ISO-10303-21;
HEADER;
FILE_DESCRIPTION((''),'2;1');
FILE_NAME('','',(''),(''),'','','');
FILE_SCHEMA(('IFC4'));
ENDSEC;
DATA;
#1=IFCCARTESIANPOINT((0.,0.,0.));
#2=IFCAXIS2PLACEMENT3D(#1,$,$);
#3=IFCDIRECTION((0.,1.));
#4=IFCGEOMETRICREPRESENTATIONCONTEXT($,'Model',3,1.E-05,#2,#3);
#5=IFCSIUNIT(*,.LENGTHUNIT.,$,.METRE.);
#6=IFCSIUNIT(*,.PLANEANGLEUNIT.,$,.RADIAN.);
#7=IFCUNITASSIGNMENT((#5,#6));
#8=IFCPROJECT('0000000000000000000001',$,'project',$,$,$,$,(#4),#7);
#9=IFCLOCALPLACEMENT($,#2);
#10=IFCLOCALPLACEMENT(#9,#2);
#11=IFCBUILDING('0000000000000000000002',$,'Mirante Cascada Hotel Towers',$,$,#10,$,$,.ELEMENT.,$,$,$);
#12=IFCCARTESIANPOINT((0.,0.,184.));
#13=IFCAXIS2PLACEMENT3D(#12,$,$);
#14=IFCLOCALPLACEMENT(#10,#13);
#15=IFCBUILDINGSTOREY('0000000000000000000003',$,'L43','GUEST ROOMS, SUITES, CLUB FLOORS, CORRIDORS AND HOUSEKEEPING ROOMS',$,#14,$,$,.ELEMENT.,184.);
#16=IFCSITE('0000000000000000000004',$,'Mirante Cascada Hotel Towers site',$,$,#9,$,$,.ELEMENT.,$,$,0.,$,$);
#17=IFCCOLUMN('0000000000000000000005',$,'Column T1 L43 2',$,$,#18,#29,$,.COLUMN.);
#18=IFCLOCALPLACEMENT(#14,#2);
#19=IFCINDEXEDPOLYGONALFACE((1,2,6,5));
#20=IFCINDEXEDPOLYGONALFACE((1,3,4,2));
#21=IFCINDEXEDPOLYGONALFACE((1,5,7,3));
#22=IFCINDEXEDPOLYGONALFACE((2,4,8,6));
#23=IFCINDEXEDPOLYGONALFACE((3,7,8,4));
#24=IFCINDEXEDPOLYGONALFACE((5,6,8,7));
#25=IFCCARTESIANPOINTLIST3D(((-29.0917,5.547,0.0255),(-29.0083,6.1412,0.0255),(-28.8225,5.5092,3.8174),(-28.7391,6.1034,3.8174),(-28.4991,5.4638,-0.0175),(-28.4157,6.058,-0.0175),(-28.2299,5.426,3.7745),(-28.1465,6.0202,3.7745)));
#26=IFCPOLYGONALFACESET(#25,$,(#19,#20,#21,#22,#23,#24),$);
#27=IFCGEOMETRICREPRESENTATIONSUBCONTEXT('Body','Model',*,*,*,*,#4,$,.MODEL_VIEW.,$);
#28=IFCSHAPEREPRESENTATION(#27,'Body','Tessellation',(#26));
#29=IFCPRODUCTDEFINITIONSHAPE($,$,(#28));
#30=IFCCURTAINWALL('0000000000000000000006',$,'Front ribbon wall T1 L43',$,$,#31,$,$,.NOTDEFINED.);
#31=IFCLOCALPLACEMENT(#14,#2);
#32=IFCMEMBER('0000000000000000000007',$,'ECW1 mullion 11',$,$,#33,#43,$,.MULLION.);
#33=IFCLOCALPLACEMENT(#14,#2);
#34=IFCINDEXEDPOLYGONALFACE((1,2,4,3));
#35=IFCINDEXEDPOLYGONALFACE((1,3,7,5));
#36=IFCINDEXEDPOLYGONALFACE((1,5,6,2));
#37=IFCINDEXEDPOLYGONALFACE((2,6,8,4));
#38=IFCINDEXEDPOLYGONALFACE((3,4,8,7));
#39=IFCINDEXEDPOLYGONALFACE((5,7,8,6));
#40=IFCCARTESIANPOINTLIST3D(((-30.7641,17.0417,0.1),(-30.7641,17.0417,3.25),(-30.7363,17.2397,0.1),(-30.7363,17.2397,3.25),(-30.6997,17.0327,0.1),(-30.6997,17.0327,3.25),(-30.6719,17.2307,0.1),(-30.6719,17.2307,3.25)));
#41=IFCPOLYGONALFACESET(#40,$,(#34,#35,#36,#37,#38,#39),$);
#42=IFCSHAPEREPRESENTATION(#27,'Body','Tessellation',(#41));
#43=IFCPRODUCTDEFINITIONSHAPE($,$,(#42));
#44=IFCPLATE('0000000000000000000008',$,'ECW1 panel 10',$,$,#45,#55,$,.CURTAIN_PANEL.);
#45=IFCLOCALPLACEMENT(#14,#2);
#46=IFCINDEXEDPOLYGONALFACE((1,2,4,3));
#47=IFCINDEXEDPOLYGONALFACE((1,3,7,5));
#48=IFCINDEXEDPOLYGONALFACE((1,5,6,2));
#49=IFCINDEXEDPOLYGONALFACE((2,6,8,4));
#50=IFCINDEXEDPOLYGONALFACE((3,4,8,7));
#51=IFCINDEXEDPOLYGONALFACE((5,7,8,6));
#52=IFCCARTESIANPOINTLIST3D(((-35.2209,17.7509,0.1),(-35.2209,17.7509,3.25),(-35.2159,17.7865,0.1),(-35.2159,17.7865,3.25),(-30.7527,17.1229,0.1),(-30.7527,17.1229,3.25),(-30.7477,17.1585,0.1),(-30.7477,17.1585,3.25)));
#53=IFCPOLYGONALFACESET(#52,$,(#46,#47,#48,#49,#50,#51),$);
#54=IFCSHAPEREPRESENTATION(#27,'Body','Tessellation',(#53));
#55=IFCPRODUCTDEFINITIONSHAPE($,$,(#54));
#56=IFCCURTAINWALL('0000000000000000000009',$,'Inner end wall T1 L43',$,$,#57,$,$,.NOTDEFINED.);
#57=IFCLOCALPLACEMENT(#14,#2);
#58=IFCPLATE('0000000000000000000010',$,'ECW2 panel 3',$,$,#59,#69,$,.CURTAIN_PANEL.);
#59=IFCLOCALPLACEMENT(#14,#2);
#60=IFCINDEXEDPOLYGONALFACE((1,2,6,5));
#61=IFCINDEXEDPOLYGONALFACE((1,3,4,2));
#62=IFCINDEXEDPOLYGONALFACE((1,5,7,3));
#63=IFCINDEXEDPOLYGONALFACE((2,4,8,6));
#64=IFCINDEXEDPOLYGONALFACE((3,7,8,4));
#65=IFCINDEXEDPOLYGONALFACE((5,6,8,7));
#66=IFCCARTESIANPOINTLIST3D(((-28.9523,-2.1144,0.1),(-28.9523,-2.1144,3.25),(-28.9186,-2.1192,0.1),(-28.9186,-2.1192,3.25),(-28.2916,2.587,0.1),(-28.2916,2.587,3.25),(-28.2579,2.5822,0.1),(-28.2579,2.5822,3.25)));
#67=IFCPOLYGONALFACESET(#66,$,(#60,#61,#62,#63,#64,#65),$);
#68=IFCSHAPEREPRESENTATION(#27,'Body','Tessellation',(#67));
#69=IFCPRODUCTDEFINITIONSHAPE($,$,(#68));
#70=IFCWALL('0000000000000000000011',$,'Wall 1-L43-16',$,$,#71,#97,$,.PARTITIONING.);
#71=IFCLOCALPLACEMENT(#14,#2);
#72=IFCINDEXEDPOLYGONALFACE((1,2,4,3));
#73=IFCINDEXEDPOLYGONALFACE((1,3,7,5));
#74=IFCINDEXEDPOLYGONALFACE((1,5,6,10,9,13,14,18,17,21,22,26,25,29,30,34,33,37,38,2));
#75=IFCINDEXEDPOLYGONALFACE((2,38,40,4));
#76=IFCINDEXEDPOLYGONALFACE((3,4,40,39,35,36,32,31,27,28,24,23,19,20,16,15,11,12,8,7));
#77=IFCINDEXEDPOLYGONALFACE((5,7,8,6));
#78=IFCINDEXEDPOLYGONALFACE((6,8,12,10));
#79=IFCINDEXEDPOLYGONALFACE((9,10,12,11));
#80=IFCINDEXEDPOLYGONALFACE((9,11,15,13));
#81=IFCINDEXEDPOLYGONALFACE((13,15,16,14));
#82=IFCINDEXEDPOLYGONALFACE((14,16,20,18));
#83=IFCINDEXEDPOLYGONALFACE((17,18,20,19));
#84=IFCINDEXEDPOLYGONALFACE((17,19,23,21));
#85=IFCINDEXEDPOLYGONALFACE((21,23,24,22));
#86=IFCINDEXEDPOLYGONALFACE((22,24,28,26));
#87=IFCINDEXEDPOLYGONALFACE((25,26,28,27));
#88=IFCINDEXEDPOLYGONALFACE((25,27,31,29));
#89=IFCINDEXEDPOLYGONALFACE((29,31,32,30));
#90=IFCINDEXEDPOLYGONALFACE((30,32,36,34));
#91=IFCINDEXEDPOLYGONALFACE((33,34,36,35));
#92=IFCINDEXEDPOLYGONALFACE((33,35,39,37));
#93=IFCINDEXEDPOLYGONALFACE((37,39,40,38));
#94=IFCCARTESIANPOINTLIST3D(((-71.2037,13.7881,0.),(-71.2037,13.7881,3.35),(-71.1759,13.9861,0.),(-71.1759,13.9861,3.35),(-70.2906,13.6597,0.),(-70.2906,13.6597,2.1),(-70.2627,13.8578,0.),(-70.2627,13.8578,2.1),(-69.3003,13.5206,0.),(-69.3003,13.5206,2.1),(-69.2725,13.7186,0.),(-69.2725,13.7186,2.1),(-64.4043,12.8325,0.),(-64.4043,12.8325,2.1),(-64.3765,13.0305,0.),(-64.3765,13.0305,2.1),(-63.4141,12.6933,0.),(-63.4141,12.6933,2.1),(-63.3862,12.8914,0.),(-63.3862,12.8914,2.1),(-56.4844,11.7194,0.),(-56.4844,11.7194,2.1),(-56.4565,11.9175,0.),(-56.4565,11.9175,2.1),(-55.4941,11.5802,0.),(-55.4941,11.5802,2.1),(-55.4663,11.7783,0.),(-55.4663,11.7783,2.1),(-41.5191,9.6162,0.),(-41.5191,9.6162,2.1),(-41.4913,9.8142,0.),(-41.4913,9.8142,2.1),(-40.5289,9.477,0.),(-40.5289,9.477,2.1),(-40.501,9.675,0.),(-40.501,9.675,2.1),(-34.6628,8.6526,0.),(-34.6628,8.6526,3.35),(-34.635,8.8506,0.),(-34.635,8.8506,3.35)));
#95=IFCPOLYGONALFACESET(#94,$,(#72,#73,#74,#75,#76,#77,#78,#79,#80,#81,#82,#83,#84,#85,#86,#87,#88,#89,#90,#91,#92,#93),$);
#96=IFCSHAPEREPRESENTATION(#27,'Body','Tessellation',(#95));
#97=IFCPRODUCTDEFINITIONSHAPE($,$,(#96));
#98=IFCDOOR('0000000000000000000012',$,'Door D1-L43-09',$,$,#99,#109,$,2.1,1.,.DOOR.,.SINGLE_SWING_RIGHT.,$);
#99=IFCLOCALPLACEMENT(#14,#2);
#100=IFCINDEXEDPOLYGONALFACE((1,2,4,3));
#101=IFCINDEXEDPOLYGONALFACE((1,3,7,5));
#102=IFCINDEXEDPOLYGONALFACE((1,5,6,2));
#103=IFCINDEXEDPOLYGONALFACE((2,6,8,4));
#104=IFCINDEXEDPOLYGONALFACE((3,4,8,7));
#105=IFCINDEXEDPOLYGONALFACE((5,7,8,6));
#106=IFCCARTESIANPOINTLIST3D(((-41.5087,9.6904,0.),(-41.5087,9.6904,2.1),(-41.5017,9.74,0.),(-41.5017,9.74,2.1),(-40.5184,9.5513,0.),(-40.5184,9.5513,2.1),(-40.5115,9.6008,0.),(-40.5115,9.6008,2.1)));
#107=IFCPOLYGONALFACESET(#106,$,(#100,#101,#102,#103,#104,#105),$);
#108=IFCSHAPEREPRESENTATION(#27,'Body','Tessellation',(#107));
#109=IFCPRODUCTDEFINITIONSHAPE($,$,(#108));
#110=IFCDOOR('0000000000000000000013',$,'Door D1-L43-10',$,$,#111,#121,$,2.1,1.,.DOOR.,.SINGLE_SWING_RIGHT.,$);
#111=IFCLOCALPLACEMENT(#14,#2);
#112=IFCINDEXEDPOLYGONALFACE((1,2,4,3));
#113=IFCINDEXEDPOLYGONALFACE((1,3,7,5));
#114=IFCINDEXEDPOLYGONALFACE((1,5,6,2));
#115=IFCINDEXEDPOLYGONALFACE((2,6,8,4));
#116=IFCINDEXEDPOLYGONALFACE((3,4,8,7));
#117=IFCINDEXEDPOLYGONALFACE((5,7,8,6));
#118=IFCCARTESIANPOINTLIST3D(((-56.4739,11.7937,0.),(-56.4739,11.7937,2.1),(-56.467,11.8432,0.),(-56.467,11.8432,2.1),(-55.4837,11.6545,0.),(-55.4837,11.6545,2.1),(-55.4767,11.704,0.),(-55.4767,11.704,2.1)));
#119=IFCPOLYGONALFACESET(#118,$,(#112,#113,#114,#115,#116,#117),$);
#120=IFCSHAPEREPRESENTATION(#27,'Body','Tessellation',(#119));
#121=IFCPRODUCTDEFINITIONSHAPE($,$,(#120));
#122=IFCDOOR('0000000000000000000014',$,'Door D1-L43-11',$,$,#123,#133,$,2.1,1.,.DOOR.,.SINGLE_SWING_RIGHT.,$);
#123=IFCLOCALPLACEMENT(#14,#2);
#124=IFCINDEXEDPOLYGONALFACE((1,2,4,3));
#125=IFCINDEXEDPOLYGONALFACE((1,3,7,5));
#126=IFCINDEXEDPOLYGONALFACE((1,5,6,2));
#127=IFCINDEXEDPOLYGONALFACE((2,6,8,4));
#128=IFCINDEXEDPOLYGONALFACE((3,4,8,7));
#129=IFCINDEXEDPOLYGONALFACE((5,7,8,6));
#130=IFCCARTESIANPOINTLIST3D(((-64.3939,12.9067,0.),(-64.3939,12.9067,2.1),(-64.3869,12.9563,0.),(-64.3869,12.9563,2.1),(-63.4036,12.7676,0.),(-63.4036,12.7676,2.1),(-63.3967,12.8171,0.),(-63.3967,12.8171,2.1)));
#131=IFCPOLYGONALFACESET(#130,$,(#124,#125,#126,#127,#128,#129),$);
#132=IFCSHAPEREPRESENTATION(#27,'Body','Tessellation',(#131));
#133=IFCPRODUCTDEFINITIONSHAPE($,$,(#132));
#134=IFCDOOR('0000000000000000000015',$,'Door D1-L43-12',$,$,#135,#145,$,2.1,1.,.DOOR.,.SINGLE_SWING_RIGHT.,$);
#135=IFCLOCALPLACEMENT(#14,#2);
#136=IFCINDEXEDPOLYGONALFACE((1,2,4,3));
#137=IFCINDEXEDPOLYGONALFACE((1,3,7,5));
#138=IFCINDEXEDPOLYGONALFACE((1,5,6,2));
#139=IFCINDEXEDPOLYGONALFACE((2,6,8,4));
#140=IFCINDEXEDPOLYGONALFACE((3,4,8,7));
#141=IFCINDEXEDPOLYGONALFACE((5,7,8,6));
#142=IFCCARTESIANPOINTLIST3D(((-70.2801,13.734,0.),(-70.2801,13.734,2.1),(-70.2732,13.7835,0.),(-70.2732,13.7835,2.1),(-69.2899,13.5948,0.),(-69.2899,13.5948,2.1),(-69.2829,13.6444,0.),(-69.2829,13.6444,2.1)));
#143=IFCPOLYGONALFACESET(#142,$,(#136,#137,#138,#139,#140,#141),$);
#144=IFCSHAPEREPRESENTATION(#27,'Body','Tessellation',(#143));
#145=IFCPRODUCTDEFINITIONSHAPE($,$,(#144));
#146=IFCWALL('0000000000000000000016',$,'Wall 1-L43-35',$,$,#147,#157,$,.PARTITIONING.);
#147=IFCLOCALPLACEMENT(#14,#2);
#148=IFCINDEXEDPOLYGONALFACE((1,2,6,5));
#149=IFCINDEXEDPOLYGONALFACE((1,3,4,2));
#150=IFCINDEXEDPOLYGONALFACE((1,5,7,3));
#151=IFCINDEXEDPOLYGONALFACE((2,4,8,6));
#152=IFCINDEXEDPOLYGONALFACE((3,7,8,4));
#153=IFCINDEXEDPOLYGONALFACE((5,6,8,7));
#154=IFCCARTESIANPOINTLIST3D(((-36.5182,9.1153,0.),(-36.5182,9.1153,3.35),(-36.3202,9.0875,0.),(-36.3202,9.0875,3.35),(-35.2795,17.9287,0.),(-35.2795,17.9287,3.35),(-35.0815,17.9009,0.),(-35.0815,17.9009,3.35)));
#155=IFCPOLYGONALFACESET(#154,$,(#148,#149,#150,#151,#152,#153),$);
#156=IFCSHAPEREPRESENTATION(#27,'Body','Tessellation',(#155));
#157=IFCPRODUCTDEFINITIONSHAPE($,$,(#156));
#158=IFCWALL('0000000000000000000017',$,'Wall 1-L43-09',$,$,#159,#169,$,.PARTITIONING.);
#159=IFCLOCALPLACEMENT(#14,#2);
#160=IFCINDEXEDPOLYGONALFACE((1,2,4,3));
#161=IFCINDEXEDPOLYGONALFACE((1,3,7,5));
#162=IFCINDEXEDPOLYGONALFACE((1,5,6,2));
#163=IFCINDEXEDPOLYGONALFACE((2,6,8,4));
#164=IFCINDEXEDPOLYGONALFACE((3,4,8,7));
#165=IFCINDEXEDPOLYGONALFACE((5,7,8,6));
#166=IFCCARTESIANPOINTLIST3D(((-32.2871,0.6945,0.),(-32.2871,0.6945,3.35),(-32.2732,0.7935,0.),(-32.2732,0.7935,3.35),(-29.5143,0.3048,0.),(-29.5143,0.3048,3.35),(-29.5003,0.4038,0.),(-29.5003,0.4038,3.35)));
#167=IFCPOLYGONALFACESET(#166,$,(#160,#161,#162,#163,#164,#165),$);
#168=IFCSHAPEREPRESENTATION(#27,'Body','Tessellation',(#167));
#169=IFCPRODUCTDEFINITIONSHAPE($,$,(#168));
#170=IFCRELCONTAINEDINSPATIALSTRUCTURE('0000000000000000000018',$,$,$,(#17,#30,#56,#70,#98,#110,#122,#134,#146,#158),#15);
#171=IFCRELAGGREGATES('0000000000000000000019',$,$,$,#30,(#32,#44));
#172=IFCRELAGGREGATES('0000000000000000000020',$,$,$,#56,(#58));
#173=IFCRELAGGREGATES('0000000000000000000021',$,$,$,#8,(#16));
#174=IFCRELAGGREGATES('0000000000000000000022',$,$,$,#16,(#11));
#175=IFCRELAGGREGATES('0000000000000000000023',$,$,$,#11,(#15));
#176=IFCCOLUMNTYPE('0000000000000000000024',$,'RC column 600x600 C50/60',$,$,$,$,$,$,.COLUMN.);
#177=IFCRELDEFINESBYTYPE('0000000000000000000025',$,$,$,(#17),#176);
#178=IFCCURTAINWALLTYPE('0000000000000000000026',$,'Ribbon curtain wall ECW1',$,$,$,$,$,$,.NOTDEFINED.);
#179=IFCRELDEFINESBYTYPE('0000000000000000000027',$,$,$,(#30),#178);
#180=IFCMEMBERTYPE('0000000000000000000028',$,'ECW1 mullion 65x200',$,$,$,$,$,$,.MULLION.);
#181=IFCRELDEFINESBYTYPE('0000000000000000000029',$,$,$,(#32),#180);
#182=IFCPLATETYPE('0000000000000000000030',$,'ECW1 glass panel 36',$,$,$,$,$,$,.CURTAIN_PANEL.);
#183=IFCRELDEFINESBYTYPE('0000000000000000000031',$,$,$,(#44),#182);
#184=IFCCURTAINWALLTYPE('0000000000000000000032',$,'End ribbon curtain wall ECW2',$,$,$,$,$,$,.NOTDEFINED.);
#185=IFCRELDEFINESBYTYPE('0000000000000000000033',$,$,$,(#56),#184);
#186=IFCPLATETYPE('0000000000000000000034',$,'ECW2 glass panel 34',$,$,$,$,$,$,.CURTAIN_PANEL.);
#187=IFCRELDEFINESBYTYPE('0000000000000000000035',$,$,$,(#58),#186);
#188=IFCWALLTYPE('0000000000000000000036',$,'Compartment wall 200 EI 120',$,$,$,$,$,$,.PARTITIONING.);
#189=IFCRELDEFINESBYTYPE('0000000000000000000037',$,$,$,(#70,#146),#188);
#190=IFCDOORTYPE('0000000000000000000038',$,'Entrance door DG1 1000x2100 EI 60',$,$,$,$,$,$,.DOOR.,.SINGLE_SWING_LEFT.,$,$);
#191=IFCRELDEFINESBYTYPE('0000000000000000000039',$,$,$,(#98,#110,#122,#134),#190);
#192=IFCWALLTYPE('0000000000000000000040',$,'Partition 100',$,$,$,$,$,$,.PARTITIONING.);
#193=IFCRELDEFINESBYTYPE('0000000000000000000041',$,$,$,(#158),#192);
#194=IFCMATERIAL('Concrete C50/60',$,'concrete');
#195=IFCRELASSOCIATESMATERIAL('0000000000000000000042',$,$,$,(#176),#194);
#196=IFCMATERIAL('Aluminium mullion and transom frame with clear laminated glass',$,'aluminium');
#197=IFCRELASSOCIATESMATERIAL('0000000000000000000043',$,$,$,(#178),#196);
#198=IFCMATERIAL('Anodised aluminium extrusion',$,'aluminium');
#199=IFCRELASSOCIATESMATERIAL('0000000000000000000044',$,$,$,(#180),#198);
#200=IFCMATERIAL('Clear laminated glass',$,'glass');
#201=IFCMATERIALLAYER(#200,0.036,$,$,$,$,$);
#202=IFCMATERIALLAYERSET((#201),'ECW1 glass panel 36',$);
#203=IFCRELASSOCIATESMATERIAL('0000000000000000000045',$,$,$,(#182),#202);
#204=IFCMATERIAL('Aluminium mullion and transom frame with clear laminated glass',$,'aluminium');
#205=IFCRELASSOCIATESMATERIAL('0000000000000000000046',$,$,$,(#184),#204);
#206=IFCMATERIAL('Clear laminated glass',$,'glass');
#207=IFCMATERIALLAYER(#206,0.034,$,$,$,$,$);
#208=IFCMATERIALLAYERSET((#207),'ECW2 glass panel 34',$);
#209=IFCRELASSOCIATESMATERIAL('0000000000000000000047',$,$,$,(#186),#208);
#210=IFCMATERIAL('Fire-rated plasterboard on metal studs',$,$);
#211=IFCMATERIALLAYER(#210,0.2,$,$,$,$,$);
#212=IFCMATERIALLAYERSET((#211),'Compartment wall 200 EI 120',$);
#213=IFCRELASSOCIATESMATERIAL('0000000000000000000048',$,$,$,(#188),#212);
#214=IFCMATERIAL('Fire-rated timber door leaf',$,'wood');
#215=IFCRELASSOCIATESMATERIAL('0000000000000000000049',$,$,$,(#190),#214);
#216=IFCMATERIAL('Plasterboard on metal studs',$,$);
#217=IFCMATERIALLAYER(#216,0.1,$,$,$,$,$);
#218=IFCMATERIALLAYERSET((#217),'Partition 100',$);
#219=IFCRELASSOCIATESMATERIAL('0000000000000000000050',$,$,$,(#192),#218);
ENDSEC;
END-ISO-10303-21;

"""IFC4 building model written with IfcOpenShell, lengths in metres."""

from ifc_helpers import new_model, si_unit, direction, frame, frame_2d, origin, origin_2d, place, context, subcontext, project, spatial, rectangle, extrude, material, layer, layer_set, material_profile, profile_set, type_object, element, fill, aggregate, save


model = new_model("IFC4")

# Units and contexts
model_context = context("Model", 3, precision=1e-05, world=origin(), true_north=direction((0.0, 1.0)))
body_context = subcontext(model_context, "Body", "Model", "MODEL_VIEW")
ifc_project = project(units=[si_unit("LENGTHUNIT", "METRE"), si_unit("PLANEANGLEUNIT", "RADIAN")], contexts=[model_context])

# Site, building, storey
site_placement = place(None, origin())
site = spatial("IfcSite", under=ifc_project, at=site_placement, Name="Mirante Cascada Hotel Towers site", CompositionType="ELEMENT", RefElevation=0.0)
building_placement = place(site_placement, origin())
building = spatial("IfcBuilding", under=site, at=building_placement, Name="Mirante Cascada Hotel Towers", CompositionType="ELEMENT")
storey_placement = place(building_placement, frame((0.0, 0.0, 184.0)))
storey = spatial("IfcBuildingStorey", under=building, at=storey_placement, Name="L43", Description="GUEST ROOMS, SUITES, CLUB FLOORS, CORRIDORS AND HOUSEKEEPING ROOMS", CompositionType="ELEMENT", Elevation=184.0)

# Column
ifc_material_1 = material(Name="Concrete C50/60", Category="concrete")
ifc_material_profile_1 = material_profile(ifc_material_1, rectangle(XDim=0.6, YDim=0.6, at=origin_2d()), Name="RC column 600x600 C50/60")
ifc_profile_set_1 = profile_set([ifc_material_profile_1], Name="Concrete C50/60")
column_type = type_object("IfcColumnType", Name="RC column 600x600 C50/60", PredefinedType="COLUMN", material=ifc_profile_set_1)
column_placement = place(storey_placement, frame((-28.7537, 5.8025, 0.004), z_axis=(0.07081, -0.009943, 0.99744), x_axis=(0.139052, 0.990285, 0.0)))
element("IfcColumn", 1, at=column_placement, inside=storey, type_object=column_type, Name="Column T1 L43 2", PredefinedType="COLUMN", context=body_context, shape_type="SweptSolid", body=[
    extrude(rectangle(XDim=0.6, YDim=0.6, at=origin_2d()), origin(), (0.0, 0.0, 1.0), 3.8017),
])

# Curtain wall, member, plate
ifc_material_2 = material(Name="Aluminium mullion and transom frame with clear laminated glass", Category="aluminium")
curtain_wall_type_1 = type_object("IfcCurtainWallType", Name="Ribbon curtain wall ECW1", PredefinedType="NOTDEFINED", material=ifc_material_2)
curtain_wall_1_placement = place(storey_placement, origin())
curtain_wall_1 = element("IfcCurtainWall", 2, at=curtain_wall_1_placement, inside=storey, type_object=curtain_wall_type_1, Name="Front ribbon wall T1 L43", PredefinedType="NOTDEFINED")
ifc_material_3 = material(Name="Anodised aluminium extrusion", Category="aluminium")
ifc_material_profile_2 = material_profile(ifc_material_3, rectangle(XDim=0.2, YDim=0.065, at=origin_2d()), Name="ECW1 MULLION 65x200")
ifc_profile_set_2 = profile_set([ifc_material_profile_2], Name="Anodised aluminium extrusion")
member_type = type_object("IfcMemberType", Name="ECW1 mullion 65x200", PredefinedType="MULLION", material=ifc_profile_set_2)
member_placement = place(storey_placement, frame((-30.718, 17.1362, 0.1), z_axis=(0.0, 0.0, 1.0), x_axis=(0.139173, 0.990268, 0.0)))
member = element("IfcMember", 3, at=member_placement, type_object=member_type, Name="ECW1 mullion 11", PredefinedType="MULLION", context=body_context, shape_type="SweptSolid", body=[
    extrude(rectangle(XDim=0.2, YDim=0.065, at=origin_2d()), origin(), (0.0, 0.0, 1.0), 3.15),
])
ifc_material_4 = material(Name="Clear laminated glass", Category="glass")
ifc_layer_1 = layer(ifc_material_4, 0.036)
ifc_layer_set_1 = layer_set([ifc_layer_1], Name="ECW1 glass panel 36")
plate_type_1 = type_object("IfcPlateType", Name="ECW1 glass panel 36", PredefinedType="CURTAIN_PANEL", material=ifc_layer_set_1)
plate_1_placement = place(storey_placement, frame((-32.9843, 17.4547, 0.1), z_axis=(0.0, 0.0, 1.0), x_axis=(0.990268, -0.139173, 0.0)))
plate_1 = element("IfcPlate", 4, at=plate_1_placement, type_object=plate_type_1, Name="ECW1 panel 10", PredefinedType="CURTAIN_PANEL", context=body_context, shape_type="SweptSolid", body=[
    extrude(rectangle(XDim=4.5121, YDim=0.036, at=origin_2d()), origin(), (0.0, 0.0, 1.0), 3.15),
])
aggregate(curtain_wall_1, [member, plate_1])

# Curtain wall, plate
ifc_material_5 = material(Name="Aluminium mullion and transom frame with clear laminated glass", Category="aluminium")
curtain_wall_type_2 = type_object("IfcCurtainWallType", Name="End ribbon curtain wall ECW2", PredefinedType="NOTDEFINED", material=ifc_material_5)
curtain_wall_2_placement = place(storey_placement, origin())
curtain_wall_2 = element("IfcCurtainWall", 5, at=curtain_wall_2_placement, inside=storey, type_object=curtain_wall_type_2, Name="Inner end wall T1 L43", PredefinedType="NOTDEFINED")
ifc_material_6 = material(Name="Clear laminated glass", Category="glass")
ifc_layer_2 = layer(ifc_material_6, 0.034)
ifc_layer_set_2 = layer_set([ifc_layer_2], Name="ECW2 glass panel 34")
plate_type_2 = type_object("IfcPlateType", Name="ECW2 glass panel 34", PredefinedType="CURTAIN_PANEL", material=ifc_layer_set_2)
plate_2_placement = place(storey_placement, frame((-28.6051, 0.2339, 0.1), z_axis=(0.0, 0.0, 1.0), x_axis=(-0.139173, -0.990268, 0.0)))
plate_2 = element("IfcPlate", 6, at=plate_2_placement, type_object=plate_type_2, Name="ECW2 panel 3", PredefinedType="CURTAIN_PANEL", context=body_context, shape_type="SweptSolid", body=[
    extrude(rectangle(XDim=4.7476, YDim=0.034, at=origin_2d()), origin(), (0.0, 0.0, 1.0), 3.15),
])
aggregate(curtain_wall_2, [plate_2])

# Wall, openings, doors
ifc_material_7 = material(Name="Fire-rated plasterboard on metal studs")
ifc_layer_3 = layer(ifc_material_7, 0.2)
ifc_layer_set_3 = layer_set([ifc_layer_3], Name="Compartment wall 200 EI 120")
wall_type_1 = type_object("IfcWallType", Name="Compartment wall 200 EI 120", PredefinedType="PARTITIONING", material=ifc_layer_set_3)
wall_1_placement = place(storey_placement, frame((-34.6489, 8.7516, 0.0), z_axis=(0.0, 0.0, 1.0), x_axis=(-0.990268, 0.139173, 0.0)))
wall_1 = element("IfcWall", 7, at=wall_1_placement, inside=storey, type_object=wall_type_1, Name="Wall 1-L43-16", PredefinedType="PARTITIONING", context=body_context, shape_type="SweptSolid", body=[
    extrude(rectangle(XDim=36.9, YDim=0.2, at=frame_2d((18.45, 0.0))), origin(), (0.0, 0.0, 1.0), 3.35),
])
opening_1_placement = place(wall_1_placement, frame((5.9237, 0.0, 0.0)))
opening_1 = element("IfcOpeningElement", 8, at=opening_1_placement, cuts=wall_1, PredefinedType="OPENING", context=body_context, shape_type="SweptSolid", body=[
    extrude(rectangle(XDim=1.0, YDim=2.1, at=frame_2d((0.5, 1.05))), frame((0.0, 0.1, 0.0), z_axis=(0.0, -1.0, 0.0), x_axis=(1.0, 0.0, 0.0)), (0.0, 0.0, 1.0), 0.2),
])
opening_2_placement = place(wall_1_placement, frame((21.036, 0.0, 0.0)))
opening_2 = element("IfcOpeningElement", 9, at=opening_2_placement, cuts=wall_1, PredefinedType="OPENING", context=body_context, shape_type="SweptSolid", body=[
    extrude(rectangle(XDim=1.0, YDim=2.1, at=frame_2d((0.5, 1.05))), frame((0.0, 0.1, 0.0), z_axis=(0.0, -1.0, 0.0), x_axis=(1.0, 0.0, 0.0)), (0.0, 0.0, 1.0), 0.2),
])
opening_3_placement = place(wall_1_placement, frame((29.0338, 0.0, 0.0)))
opening_3 = element("IfcOpeningElement", 10, at=opening_3_placement, cuts=wall_1, PredefinedType="OPENING", context=body_context, shape_type="SweptSolid", body=[
    extrude(rectangle(XDim=1.0, YDim=2.1, at=frame_2d((0.5, 1.05))), frame((0.0, 0.1, 0.0), z_axis=(0.0, -1.0, 0.0), x_axis=(1.0, 0.0, 0.0)), (0.0, 0.0, 1.0), 0.2),
])
opening_4_placement = place(wall_1_placement, frame((34.9779, 0.0, 0.0)))
opening_4 = element("IfcOpeningElement", 11, at=opening_4_placement, cuts=wall_1, PredefinedType="OPENING", context=body_context, shape_type="SweptSolid", body=[
    extrude(rectangle(XDim=1.0, YDim=2.1, at=frame_2d((0.5, 1.05))), frame((0.0, 0.1, 0.0), z_axis=(0.0, -1.0, 0.0), x_axis=(1.0, 0.0, 0.0)), (0.0, 0.0, 1.0), 0.2),
])
ifc_material_8 = material(Name="Fire-rated timber door leaf", Category="wood")
door_type_1 = type_object("IfcDoorType", Name="Entrance door DG1 1000x2100 EI 60", OperationType="SINGLE_SWING_LEFT", PredefinedType="DOOR", material=ifc_material_8)
door_1_placement = place(opening_1_placement, frame((1.0, 0.0, 0.0), z_axis=(0.0, 0.0, 1.0), x_axis=(-1.0, 0.0, 0.0)))
door_1 = element("IfcDoor", 12, at=door_1_placement, inside=storey, type_object=door_type_1, Name="Door D1-L43-09", OperationType="SINGLE_SWING_RIGHT", OverallHeight=2.1, OverallWidth=1.0, PredefinedType="DOOR", context=body_context, shape_type="SweptSolid", body=[
    extrude(rectangle(XDim=1.0, YDim=2.1, at=frame_2d((0.5, 1.05))), frame((0.0, 0.025, 0.0), z_axis=(0.0, -1.0, 0.0), x_axis=(1.0, 0.0, 0.0)), (0.0, 0.0, 1.0), 0.05),
])
fill(opening_1, door_1)
door_2_placement = place(opening_2_placement, frame((1.0, 0.0, 0.0), z_axis=(0.0, 0.0, 1.0), x_axis=(-1.0, 0.0, 0.0)))
door_2 = element("IfcDoor", 13, at=door_2_placement, inside=storey, type_object=door_type_1, Name="Door D1-L43-10", OperationType="SINGLE_SWING_RIGHT", OverallHeight=2.1, OverallWidth=1.0, PredefinedType="DOOR", context=body_context, shape_type="SweptSolid", body=[
    extrude(rectangle(XDim=1.0, YDim=2.1, at=frame_2d((0.5, 1.05))), frame((0.0, 0.025, 0.0), z_axis=(0.0, -1.0, 0.0), x_axis=(1.0, 0.0, 0.0)), (0.0, 0.0, 1.0), 0.05),
])
fill(opening_2, door_2)
door_3_placement = place(opening_3_placement, frame((1.0, 0.0, 0.0), z_axis=(0.0, 0.0, 1.0), x_axis=(-1.0, 0.0, 0.0)))
door_3 = element("IfcDoor", 14, at=door_3_placement, inside=storey, type_object=door_type_1, Name="Door D1-L43-11", OperationType="SINGLE_SWING_RIGHT", OverallHeight=2.1, OverallWidth=1.0, PredefinedType="DOOR", context=body_context, shape_type="SweptSolid", body=[
    extrude(rectangle(XDim=1.0, YDim=2.1, at=frame_2d((0.5, 1.05))), frame((0.0, 0.025, 0.0), z_axis=(0.0, -1.0, 0.0), x_axis=(1.0, 0.0, 0.0)), (0.0, 0.0, 1.0), 0.05),
])
fill(opening_3, door_3)
door_4_placement = place(opening_4_placement, frame((1.0, 0.0, 0.0), z_axis=(0.0, 0.0, 1.0), x_axis=(-1.0, 0.0, 0.0)))
door_4 = element("IfcDoor", 15, at=door_4_placement, inside=storey, type_object=door_type_1, Name="Door D1-L43-12", OperationType="SINGLE_SWING_RIGHT", OverallHeight=2.1, OverallWidth=1.0, PredefinedType="DOOR", context=body_context, shape_type="SweptSolid", body=[
    extrude(rectangle(XDim=1.0, YDim=2.1, at=frame_2d((0.5, 1.05))), frame((0.0, 0.025, 0.0), z_axis=(0.0, -1.0, 0.0), x_axis=(1.0, 0.0, 0.0)), (0.0, 0.0, 1.0), 0.05),
])
fill(opening_4, door_4)

# Walls
wall_2_placement = place(storey_placement, frame((-35.1805, 17.9148, 0.0), z_axis=(0.0, 0.0, 1.0), x_axis=(-0.139179, -0.990267, 0.0)))
element("IfcWall", 16, at=wall_2_placement, inside=storey, type_object=wall_type_1, Name="Wall 1-L43-35", PredefinedType="PARTITIONING", context=body_context, shape_type="SweptSolid", body=[
    extrude(rectangle(XDim=8.9, YDim=0.2, at=frame_2d((4.45, 0.0))), origin(), (0.0, 0.0, 1.0), 3.35),
])
ifc_material_9 = material(Name="Plasterboard on metal studs")
ifc_layer_4 = layer(ifc_material_9, 0.1)
ifc_layer_set_4 = layer_set([ifc_layer_4], Name="Partition 100")
wall_type_2 = type_object("IfcWallType", Name="Partition 100", PredefinedType="PARTITIONING", material=ifc_layer_set_4)
wall_3_placement = place(storey_placement, frame((-32.2801, 0.744, 0.0), z_axis=(0.0, 0.0, 1.0), x_axis=(0.990268, -0.139176, 0.0)))
element("IfcWall", 17, at=wall_3_placement, inside=storey, type_object=wall_type_2, Name="Wall 1-L43-09", PredefinedType="PARTITIONING", context=body_context, shape_type="SweptSolid", body=[
    extrude(rectangle(XDim=2.8001, YDim=0.1, at=frame_2d((1.4, 0.0))), origin(), (0.0, 0.0, 1.0), 3.35),
])

save(model, "model.ifc")
